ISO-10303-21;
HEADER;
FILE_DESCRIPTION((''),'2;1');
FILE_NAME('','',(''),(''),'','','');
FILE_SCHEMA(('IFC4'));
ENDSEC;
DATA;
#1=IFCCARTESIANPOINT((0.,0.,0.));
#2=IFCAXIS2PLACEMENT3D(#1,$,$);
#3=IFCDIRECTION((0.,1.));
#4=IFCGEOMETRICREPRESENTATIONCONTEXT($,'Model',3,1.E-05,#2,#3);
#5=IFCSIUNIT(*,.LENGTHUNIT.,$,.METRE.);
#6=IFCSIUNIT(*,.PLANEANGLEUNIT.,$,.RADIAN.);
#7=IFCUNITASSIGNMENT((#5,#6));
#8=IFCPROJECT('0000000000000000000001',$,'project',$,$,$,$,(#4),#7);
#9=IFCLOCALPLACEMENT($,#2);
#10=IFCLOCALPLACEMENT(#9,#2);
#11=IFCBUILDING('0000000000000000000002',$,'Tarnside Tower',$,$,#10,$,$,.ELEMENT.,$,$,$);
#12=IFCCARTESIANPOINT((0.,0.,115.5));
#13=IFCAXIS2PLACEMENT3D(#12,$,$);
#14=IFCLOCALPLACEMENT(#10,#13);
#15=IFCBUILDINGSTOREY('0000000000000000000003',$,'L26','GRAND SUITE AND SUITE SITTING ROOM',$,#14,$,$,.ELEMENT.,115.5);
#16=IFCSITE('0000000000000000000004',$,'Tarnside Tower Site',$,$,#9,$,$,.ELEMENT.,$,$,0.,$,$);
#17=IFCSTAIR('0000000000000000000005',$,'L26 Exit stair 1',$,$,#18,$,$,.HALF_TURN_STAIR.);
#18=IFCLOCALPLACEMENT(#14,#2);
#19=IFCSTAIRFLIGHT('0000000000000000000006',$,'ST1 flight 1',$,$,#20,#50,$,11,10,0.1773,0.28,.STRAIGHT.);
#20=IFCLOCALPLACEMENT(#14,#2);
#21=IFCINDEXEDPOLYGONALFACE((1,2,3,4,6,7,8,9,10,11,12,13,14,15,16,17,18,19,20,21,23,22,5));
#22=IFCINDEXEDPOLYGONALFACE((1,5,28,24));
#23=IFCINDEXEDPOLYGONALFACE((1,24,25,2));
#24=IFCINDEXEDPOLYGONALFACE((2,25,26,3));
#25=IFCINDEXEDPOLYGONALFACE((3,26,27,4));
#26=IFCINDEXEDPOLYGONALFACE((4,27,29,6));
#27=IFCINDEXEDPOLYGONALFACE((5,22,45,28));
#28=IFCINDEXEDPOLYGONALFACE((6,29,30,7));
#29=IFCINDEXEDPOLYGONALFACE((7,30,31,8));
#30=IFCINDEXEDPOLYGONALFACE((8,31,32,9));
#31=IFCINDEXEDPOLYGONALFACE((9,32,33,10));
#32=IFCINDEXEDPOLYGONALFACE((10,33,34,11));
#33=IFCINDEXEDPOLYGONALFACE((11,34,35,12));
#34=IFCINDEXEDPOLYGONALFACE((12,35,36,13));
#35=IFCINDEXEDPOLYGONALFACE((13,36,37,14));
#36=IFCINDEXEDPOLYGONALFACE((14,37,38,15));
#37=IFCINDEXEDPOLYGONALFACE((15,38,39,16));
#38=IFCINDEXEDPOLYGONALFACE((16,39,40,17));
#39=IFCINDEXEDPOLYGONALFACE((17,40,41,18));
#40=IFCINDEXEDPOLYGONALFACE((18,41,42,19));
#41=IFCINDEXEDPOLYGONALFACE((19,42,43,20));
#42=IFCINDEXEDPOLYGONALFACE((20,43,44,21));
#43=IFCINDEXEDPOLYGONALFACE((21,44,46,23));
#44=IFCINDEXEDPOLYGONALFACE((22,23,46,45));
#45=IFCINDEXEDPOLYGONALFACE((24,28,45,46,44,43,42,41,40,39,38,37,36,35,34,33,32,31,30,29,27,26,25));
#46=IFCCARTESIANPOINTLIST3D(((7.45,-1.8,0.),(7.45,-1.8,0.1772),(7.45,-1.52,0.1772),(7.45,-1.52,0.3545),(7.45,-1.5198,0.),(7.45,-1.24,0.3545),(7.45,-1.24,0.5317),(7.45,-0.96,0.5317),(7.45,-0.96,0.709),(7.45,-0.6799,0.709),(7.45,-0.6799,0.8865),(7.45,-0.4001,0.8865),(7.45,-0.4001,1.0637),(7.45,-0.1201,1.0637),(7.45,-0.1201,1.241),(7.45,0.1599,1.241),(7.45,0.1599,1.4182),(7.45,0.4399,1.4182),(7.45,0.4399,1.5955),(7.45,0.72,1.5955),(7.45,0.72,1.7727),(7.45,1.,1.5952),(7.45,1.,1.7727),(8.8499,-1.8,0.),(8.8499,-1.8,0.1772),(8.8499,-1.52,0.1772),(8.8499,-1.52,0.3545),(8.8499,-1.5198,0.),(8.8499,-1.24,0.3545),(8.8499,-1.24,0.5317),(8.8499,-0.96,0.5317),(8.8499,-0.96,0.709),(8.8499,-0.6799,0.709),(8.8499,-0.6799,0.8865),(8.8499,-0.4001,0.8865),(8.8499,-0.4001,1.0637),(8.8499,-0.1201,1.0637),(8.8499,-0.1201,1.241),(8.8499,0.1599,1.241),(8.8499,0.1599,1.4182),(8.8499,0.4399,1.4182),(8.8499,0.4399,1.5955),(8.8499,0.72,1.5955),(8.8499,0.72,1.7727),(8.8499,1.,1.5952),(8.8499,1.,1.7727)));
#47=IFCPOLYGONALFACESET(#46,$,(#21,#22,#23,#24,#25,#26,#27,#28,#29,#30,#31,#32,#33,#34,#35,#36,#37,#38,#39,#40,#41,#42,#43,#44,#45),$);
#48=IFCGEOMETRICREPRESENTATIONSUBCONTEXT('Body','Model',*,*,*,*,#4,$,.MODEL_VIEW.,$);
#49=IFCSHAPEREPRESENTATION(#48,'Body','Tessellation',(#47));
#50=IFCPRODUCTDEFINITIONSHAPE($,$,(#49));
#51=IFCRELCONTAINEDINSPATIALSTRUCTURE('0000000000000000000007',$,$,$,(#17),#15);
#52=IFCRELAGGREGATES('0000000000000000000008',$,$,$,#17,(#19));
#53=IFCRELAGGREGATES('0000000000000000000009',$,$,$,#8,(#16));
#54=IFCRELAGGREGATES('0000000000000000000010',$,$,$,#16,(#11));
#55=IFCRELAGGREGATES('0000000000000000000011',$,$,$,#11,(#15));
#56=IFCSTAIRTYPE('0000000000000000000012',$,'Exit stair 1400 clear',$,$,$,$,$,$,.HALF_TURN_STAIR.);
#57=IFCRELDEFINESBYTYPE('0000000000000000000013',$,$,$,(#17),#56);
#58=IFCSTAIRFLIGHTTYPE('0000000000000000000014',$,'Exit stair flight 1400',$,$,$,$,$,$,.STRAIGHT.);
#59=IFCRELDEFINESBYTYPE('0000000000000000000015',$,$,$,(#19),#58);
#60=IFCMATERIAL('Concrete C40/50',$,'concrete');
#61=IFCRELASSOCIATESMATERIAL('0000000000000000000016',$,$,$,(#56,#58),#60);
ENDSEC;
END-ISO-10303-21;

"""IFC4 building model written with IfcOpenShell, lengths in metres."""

from ifc_helpers import new_model, si_unit, direction, frame, origin, place, context, subcontext, project, spatial, polyline, outline, extrude, material, type_object, element, aggregate, save


model = new_model("IFC4")

# Units and contexts
model_context = context("Model", 3, precision=1e-05, world=origin(), true_north=direction((0.0, 1.0)))
body_context = subcontext(model_context, "Body", "Model", "MODEL_VIEW")
ifc_project = project(units=[si_unit("LENGTHUNIT", "METRE"), si_unit("PLANEANGLEUNIT", "RADIAN")], contexts=[model_context])

# Site, building, storey
site_placement = place(None, origin())
site = spatial("IfcSite", under=ifc_project, at=site_placement, Name="Tarnside Tower Site", CompositionType="ELEMENT", RefElevation=0.0)
building_placement = place(site_placement, origin())
building = spatial("IfcBuilding", under=site, at=building_placement, Name="Tarnside Tower", CompositionType="ELEMENT")
storey_placement = place(building_placement, frame((0.0, 0.0, 115.5)))
storey = spatial("IfcBuildingStorey", under=building, at=storey_placement, Name="L26", Description="GRAND SUITE AND SUITE SITTING ROOM", CompositionType="ELEMENT", Elevation=115.5)

# Shared definitions
ifc_material_1 = material(Name="Concrete C40/50", Category="concrete")

# Stair, stair flight
stair_type = type_object("IfcStairType", Name="Exit stair 1400 clear", PredefinedType="HALF_TURN_STAIR", material=ifc_material_1)
stair_placement = place(storey_placement, origin())
stair = element("IfcStair", 1, at=stair_placement, inside=storey, type_object=stair_type, Name="L26 Exit stair 1", PredefinedType="HALF_TURN_STAIR")
stair_flight_type = type_object("IfcStairFlightType", Name="Exit stair flight 1400", PredefinedType="STRAIGHT", material=ifc_material_1)
stair_flight_placement = place(storey_placement, frame((8.1499, -1.8, 0.0), z_axis=(0.0, 0.0, 1.0), x_axis=(0.0, 1.0, 0.0)))
stair_flight = element("IfcStairFlight", 2, at=stair_flight_placement, type_object=stair_flight_type, Name="ST1 flight 1", NumberOfRisers=11, NumberOfTreads=10, PredefinedType="STRAIGHT", RiserHeight=0.1773, TreadLength=0.28, context=body_context, shape_type="SweptSolid", body=[
    extrude(outline(polyline([(0.0, 0.0), (0.0, 0.1772), (0.28, 0.1772), (0.28, 0.3545), (0.5601, 0.3545), (0.5601, 0.5317), (0.8401, 0.5317), (0.8401, 0.709), (1.1201, 0.709), (1.1201, 0.8865), (1.3999, 0.8865), (1.3999, 1.0637), (1.6799, 1.0637), (1.6799, 1.241), (1.96, 1.241), (1.96, 1.4182), (2.24, 1.4182), (2.24, 1.5955), (2.52, 1.5955), (2.52, 1.7727), (2.8, 1.7727), (2.8, 1.95), (2.8, 1.5952), (0.2803, 0.0), (0.0, 0.0)])), frame((0.0, 0.7, 0.0), z_axis=(0.0, -1.0, 0.0), x_axis=(1.0, 0.0, 0.0)), (0.0, 0.0, 1.0), 1.3999),
])
aggregate(stair, [stair_flight])

save(model, "model.ifc")
